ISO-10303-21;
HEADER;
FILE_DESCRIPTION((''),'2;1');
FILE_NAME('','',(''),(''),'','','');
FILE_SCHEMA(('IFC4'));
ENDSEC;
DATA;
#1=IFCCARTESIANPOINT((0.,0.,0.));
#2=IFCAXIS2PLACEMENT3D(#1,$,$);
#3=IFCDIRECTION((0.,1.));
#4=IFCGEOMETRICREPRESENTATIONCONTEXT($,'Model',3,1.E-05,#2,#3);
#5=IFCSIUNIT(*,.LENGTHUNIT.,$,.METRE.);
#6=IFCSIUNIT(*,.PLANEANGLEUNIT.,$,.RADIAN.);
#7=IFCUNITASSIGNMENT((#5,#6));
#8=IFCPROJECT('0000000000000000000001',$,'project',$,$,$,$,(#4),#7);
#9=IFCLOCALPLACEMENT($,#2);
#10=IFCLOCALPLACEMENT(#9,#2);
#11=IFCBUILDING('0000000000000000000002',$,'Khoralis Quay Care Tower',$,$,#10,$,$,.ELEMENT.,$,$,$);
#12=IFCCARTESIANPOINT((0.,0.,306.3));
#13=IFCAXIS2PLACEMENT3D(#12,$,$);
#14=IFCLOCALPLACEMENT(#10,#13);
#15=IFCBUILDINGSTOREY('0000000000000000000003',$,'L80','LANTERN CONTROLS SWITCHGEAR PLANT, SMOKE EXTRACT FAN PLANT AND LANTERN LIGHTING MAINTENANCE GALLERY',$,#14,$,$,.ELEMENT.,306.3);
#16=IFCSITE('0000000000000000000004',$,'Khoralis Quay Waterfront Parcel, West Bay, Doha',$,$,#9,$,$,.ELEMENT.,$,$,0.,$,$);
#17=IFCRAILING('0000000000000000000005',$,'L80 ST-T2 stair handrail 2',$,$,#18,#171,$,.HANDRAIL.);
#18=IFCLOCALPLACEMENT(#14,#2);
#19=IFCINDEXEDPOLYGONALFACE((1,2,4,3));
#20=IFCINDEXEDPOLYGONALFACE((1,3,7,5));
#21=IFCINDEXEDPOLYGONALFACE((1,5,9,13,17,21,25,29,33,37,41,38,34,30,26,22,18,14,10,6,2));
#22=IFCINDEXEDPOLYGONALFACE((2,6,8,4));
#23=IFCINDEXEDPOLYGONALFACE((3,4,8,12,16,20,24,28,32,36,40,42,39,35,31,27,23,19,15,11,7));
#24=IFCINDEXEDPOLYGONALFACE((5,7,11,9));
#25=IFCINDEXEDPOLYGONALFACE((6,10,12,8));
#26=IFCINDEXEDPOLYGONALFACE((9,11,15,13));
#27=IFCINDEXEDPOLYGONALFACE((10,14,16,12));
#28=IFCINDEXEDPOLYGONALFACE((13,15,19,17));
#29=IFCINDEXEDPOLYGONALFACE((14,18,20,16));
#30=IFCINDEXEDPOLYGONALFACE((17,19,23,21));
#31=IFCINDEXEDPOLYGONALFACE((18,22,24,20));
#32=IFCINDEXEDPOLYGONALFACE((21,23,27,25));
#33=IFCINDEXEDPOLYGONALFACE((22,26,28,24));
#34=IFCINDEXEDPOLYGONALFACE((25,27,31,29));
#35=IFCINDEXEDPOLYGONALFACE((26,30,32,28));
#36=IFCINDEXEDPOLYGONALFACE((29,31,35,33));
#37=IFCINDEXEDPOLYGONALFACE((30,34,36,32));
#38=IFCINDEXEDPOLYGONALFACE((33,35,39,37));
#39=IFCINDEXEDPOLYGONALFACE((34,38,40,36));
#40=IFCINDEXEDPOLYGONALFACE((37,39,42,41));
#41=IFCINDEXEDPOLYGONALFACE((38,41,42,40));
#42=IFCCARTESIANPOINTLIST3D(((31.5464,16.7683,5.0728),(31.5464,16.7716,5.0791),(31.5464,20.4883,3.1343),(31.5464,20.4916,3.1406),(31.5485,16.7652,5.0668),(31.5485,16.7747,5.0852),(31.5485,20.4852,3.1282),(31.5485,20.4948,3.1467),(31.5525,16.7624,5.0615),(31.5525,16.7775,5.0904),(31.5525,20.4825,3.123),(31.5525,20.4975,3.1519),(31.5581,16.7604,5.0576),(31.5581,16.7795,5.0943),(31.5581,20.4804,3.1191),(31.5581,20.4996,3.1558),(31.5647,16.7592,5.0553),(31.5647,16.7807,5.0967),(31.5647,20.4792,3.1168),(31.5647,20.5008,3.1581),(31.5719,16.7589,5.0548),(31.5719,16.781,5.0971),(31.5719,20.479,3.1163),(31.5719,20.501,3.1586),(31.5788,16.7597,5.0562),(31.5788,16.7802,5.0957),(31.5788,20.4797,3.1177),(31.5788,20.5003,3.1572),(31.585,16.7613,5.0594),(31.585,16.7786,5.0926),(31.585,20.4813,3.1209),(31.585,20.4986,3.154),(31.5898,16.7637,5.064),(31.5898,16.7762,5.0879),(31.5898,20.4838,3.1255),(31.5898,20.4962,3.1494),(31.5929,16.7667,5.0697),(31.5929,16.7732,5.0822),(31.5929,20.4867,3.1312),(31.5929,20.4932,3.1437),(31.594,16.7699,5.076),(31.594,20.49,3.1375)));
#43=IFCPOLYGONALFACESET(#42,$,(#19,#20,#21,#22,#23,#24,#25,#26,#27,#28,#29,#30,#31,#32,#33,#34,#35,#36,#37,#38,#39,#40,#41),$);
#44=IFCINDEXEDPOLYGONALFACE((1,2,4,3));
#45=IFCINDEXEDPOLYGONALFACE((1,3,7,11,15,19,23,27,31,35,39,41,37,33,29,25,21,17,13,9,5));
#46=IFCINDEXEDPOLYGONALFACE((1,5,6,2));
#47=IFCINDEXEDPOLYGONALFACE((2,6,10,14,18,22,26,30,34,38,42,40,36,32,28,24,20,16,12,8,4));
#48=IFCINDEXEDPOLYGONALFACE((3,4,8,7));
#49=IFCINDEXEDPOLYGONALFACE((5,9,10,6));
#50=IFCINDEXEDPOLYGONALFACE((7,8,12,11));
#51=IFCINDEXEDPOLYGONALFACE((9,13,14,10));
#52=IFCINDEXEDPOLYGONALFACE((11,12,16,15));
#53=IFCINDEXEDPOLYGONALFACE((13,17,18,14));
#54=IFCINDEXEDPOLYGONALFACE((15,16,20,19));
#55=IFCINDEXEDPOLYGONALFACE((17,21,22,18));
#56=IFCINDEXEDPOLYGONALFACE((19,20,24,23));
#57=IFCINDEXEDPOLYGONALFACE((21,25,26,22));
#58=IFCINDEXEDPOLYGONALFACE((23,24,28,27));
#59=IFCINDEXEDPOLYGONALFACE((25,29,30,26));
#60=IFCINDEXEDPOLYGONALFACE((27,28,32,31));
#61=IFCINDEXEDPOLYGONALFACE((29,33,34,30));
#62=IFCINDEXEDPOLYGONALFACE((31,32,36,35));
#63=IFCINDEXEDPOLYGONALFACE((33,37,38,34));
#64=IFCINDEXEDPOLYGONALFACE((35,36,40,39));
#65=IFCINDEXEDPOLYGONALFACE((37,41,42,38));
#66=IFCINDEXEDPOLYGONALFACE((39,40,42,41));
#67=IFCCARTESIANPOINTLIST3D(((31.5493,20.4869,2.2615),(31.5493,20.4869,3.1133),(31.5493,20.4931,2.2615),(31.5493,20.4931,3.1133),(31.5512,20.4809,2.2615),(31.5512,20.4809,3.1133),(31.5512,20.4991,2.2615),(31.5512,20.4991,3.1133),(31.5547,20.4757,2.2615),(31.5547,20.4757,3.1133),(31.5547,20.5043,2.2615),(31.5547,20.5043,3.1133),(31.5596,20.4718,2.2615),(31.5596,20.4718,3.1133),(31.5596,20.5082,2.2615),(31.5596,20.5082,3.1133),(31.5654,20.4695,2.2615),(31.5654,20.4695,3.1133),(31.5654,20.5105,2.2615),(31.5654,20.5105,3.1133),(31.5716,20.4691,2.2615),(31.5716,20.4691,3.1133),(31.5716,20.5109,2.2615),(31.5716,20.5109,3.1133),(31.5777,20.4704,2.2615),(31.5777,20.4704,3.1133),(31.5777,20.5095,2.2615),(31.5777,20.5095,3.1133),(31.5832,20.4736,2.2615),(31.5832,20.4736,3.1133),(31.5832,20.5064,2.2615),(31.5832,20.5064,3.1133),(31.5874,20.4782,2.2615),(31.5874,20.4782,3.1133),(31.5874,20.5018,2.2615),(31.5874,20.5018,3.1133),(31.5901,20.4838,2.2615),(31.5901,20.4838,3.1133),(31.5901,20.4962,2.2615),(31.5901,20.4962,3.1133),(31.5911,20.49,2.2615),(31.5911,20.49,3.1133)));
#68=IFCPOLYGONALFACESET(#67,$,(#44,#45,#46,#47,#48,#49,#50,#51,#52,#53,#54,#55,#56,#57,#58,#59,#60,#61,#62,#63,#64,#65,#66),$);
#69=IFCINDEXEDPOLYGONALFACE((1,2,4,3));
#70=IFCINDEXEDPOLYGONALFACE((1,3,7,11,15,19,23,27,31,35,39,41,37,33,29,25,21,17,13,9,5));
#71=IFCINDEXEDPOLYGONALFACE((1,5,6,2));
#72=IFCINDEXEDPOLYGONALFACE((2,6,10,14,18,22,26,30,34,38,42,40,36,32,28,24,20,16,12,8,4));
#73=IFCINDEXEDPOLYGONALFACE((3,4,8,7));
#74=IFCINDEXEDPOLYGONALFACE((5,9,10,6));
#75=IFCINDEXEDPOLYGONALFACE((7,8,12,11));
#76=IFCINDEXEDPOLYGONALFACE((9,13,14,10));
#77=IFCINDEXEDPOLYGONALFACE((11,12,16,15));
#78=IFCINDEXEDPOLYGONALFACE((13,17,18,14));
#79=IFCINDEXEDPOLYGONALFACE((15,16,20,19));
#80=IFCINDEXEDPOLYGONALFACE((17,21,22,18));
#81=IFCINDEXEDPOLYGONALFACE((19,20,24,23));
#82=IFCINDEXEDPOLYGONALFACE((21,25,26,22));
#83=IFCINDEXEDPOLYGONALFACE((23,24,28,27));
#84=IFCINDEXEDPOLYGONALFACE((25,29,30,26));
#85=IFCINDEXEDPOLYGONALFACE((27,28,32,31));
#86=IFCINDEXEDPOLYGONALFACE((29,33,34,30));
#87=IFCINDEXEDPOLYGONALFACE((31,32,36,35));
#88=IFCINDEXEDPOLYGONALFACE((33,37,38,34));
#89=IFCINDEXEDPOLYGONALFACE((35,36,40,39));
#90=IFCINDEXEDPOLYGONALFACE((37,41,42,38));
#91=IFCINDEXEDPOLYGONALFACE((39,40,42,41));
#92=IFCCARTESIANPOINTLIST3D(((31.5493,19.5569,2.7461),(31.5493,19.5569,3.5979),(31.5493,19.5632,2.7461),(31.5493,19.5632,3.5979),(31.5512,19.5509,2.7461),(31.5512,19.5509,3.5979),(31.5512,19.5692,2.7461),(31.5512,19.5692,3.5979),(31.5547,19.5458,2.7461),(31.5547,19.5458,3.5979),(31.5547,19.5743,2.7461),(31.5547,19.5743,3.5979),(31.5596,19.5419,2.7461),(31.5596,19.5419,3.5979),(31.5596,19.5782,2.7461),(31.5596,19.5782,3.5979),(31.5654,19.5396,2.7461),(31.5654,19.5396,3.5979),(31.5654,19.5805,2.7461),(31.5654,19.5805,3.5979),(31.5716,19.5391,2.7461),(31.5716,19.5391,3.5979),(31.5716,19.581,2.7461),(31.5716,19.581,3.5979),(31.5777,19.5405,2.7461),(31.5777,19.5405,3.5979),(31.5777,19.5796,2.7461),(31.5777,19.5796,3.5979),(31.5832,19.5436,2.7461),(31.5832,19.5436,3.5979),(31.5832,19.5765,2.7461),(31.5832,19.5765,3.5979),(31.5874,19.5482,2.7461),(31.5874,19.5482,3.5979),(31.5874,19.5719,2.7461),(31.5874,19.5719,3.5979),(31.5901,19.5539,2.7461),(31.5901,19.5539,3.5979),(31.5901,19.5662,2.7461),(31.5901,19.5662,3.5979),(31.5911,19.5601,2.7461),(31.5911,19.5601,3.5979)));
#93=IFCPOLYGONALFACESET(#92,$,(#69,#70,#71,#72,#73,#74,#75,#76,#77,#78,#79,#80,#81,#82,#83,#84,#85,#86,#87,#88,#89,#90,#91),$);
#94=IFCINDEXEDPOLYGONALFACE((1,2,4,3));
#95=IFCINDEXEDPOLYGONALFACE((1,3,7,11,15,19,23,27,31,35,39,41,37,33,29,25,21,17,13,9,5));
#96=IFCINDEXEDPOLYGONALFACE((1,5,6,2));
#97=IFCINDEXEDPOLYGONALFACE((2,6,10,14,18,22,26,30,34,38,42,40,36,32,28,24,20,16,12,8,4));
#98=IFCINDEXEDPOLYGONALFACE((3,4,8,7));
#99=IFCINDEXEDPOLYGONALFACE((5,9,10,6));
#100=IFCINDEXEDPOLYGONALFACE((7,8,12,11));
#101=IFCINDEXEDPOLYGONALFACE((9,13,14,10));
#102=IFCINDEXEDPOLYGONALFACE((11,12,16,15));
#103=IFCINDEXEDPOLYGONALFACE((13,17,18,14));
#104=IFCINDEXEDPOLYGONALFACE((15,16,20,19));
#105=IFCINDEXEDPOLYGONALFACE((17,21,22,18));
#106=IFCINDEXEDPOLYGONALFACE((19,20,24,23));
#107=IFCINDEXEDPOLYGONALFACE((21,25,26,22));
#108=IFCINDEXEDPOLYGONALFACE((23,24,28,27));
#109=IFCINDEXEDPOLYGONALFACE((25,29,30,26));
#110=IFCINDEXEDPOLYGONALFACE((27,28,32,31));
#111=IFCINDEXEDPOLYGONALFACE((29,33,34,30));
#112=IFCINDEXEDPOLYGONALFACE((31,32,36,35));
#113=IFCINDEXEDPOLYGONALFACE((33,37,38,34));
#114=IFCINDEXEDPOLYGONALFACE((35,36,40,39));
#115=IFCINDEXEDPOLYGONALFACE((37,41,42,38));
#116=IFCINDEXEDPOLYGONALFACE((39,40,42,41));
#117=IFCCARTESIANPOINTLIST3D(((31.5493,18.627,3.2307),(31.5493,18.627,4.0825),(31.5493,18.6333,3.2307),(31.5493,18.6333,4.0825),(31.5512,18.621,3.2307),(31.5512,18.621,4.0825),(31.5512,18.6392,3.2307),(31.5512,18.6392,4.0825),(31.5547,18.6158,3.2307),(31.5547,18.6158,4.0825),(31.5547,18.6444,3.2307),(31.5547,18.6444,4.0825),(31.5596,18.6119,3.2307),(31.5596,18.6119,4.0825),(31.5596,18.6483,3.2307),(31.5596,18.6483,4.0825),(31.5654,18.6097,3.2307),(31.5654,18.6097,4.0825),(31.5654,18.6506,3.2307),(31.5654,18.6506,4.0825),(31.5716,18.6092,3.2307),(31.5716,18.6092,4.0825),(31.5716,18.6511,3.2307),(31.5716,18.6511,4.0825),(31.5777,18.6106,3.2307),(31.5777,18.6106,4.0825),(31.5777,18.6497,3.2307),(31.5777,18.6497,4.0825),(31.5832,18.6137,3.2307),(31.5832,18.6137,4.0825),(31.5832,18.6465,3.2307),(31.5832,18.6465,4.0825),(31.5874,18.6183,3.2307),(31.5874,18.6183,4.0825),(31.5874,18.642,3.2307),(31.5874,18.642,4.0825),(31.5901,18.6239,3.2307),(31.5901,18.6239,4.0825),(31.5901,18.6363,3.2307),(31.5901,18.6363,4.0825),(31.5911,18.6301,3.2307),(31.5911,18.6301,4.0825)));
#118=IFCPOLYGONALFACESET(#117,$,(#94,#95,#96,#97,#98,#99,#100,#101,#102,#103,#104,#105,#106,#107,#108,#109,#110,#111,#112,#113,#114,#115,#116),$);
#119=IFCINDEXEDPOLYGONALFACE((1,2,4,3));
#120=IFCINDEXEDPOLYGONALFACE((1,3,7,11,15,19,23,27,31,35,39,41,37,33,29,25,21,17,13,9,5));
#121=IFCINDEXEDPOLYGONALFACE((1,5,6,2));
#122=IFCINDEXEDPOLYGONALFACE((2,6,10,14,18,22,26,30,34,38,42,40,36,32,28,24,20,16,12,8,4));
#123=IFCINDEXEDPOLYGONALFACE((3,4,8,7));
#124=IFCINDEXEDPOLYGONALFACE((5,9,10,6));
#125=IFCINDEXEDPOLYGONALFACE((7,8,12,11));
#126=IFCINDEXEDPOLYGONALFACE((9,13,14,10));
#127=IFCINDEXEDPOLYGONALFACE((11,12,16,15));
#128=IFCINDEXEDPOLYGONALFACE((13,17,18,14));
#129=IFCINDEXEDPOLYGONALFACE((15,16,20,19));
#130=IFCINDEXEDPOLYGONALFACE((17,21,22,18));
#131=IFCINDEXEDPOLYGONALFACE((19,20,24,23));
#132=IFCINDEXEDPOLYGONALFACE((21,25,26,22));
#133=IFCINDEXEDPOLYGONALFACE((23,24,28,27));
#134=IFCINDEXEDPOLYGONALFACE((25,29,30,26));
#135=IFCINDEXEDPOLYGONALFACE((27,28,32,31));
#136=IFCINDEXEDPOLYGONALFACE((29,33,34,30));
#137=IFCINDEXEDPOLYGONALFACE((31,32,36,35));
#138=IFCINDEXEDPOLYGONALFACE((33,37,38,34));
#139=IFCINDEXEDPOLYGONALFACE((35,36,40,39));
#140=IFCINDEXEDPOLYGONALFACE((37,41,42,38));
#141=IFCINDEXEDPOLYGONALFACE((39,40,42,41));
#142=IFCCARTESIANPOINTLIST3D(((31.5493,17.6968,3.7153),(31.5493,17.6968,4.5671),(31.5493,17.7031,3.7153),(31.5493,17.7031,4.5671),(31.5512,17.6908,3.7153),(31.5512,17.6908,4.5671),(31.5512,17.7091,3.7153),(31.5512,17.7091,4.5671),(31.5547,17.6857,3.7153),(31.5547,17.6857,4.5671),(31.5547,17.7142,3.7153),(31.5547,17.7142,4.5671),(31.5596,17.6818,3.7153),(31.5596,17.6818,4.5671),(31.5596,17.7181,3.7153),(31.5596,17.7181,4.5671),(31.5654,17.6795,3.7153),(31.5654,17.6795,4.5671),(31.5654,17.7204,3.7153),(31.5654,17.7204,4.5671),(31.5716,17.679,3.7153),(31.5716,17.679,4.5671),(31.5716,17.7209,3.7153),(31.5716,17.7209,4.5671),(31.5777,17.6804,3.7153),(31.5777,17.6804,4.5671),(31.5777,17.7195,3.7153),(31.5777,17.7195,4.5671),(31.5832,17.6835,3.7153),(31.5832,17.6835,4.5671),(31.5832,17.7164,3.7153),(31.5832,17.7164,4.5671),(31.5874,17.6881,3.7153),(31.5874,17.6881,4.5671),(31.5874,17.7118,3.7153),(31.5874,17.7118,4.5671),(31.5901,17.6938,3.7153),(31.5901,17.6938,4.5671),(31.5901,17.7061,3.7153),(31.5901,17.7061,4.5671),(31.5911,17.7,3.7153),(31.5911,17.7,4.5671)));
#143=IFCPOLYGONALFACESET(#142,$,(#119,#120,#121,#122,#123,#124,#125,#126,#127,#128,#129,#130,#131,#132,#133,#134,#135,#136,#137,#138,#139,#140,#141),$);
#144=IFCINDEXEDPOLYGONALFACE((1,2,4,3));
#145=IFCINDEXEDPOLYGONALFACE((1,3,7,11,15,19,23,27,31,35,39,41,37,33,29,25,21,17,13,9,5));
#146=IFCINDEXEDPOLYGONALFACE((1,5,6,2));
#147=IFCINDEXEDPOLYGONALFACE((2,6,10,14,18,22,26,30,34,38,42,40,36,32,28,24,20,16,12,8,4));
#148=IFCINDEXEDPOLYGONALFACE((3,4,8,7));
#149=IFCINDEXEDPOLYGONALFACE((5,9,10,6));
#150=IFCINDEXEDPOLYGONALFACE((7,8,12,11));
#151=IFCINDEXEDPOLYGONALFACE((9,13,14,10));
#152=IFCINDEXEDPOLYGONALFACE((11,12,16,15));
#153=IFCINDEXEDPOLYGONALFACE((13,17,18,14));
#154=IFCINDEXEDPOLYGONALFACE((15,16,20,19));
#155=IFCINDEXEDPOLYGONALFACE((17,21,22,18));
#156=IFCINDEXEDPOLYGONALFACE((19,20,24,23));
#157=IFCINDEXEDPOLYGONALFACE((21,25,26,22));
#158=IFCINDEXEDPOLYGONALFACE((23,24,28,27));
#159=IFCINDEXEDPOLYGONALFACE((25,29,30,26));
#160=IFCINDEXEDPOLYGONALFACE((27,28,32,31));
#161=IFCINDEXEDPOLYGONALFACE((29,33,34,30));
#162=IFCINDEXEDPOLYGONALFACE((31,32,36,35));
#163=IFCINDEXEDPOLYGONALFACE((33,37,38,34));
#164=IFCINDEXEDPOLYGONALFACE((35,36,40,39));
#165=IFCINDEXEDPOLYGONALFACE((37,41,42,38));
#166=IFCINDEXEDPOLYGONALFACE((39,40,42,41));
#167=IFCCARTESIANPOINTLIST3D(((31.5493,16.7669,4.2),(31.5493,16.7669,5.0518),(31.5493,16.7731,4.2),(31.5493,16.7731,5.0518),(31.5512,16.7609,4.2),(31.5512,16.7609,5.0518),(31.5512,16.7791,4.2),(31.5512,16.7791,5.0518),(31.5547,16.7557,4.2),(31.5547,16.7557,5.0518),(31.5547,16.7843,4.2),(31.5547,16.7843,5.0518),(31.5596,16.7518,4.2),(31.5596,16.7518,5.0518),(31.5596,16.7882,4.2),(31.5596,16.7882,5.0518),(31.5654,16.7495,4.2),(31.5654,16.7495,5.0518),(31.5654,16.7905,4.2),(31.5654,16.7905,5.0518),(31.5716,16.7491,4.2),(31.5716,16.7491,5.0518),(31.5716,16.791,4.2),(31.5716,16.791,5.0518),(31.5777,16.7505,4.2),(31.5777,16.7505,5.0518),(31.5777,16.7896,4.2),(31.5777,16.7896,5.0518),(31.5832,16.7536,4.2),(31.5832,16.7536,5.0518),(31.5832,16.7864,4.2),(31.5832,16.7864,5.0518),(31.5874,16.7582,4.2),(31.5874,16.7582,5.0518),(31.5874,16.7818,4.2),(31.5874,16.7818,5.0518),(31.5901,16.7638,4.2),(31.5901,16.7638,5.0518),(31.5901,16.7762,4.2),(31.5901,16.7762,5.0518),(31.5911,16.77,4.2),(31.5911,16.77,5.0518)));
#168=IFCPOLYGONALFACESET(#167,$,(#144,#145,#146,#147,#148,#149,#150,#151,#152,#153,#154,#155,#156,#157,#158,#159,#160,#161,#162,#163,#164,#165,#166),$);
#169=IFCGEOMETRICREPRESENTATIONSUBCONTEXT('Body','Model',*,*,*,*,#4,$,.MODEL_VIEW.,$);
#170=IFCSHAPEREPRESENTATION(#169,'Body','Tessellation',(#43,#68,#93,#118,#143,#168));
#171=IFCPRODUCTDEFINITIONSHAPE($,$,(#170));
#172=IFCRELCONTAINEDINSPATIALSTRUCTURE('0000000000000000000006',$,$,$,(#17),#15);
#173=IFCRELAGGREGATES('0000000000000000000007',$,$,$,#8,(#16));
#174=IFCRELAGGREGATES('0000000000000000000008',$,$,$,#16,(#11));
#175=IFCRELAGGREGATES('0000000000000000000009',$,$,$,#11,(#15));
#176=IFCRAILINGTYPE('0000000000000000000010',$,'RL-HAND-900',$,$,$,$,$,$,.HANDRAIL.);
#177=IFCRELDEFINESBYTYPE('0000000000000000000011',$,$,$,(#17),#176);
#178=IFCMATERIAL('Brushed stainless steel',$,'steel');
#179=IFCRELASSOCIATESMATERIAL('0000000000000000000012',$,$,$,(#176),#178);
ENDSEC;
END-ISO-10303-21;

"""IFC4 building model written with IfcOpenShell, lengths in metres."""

from ifc_helpers import new_model, si_unit, direction, frame, origin, origin_2d, place, context, subcontext, project, spatial, circle, extrude, material, type_object, element, save


model = new_model("IFC4")

# Units and contexts
model_context = context("Model", 3, precision=1e-05, world=origin(), true_north=direction((0.0, 1.0)))
body_context = subcontext(model_context, "Body", "Model", "MODEL_VIEW")
ifc_project = project(units=[si_unit("LENGTHUNIT", "METRE"), si_unit("PLANEANGLEUNIT", "RADIAN")], contexts=[model_context])

# Site, building, storey
site_placement = place(None, origin())
site = spatial("IfcSite", under=ifc_project, at=site_placement, Name="Khoralis Quay Waterfront Parcel, West Bay, Doha", CompositionType="ELEMENT", RefElevation=0.0)
building_placement = place(site_placement, origin())
building = spatial("IfcBuilding", under=site, at=building_placement, Name="Khoralis Quay Care Tower", CompositionType="ELEMENT")
storey_placement = place(building_placement, frame((0.0, 0.0, 306.3)))
storey = spatial("IfcBuildingStorey", under=building, at=storey_placement, Name="L80", Description="LANTERN CONTROLS SWITCHGEAR PLANT, SMOKE EXTRACT FAN PLANT AND LANTERN LIGHTING MAINTENANCE GALLERY", CompositionType="ELEMENT", Elevation=306.3)

# Shared definitions
ifc_material_1 = material(Name="Brushed stainless steel", Category="steel")

# Railing
railing_type_1 = type_object("IfcRailingType", Name="RL-HAND-900", PredefinedType="HANDRAIL", material=ifc_material_1)
railing_1_placement = place(storey_placement, frame((31.5701, 20.49, 2.2615)))
element("IfcRailing", 1, at=railing_1_placement, inside=storey, type_object=railing_type_1, Name="L80 ST-T2 stair handrail 2", PredefinedType="HANDRAIL", context=body_context, shape_type="SweptSolid", body=[
    extrude(circle(Radius=0.0239, at=origin_2d()), frame((0.0, 0.0, 0.876), z_axis=(0.0, -0.886817, 0.46212), x_axis=(1.0, 0.0, 0.0)), (0.0, 0.0, 1.0), 4.1948),
    extrude(circle(Radius=0.021, at=origin_2d()), origin(), (0.0, 0.0, 1.0), 0.8518),
    extrude(circle(Radius=0.021, at=origin_2d()), frame((0.0, -0.9299, 0.4846)), (0.0, 0.0, 1.0), 0.8518),
    extrude(circle(Radius=0.021, at=origin_2d()), frame((0.0, -1.8599, 0.9692)), (0.0, 0.0, 1.0), 0.8518),
    extrude(circle(Radius=0.021, at=origin_2d()), frame((0.0, -2.79, 1.4539)), (0.0, 0.0, 1.0), 0.8518),
    extrude(circle(Radius=0.021, at=origin_2d()), frame((0.0, -3.72, 1.9385)), (0.0, 0.0, 1.0), 0.8518),
])

save(model, "model.ifc")
